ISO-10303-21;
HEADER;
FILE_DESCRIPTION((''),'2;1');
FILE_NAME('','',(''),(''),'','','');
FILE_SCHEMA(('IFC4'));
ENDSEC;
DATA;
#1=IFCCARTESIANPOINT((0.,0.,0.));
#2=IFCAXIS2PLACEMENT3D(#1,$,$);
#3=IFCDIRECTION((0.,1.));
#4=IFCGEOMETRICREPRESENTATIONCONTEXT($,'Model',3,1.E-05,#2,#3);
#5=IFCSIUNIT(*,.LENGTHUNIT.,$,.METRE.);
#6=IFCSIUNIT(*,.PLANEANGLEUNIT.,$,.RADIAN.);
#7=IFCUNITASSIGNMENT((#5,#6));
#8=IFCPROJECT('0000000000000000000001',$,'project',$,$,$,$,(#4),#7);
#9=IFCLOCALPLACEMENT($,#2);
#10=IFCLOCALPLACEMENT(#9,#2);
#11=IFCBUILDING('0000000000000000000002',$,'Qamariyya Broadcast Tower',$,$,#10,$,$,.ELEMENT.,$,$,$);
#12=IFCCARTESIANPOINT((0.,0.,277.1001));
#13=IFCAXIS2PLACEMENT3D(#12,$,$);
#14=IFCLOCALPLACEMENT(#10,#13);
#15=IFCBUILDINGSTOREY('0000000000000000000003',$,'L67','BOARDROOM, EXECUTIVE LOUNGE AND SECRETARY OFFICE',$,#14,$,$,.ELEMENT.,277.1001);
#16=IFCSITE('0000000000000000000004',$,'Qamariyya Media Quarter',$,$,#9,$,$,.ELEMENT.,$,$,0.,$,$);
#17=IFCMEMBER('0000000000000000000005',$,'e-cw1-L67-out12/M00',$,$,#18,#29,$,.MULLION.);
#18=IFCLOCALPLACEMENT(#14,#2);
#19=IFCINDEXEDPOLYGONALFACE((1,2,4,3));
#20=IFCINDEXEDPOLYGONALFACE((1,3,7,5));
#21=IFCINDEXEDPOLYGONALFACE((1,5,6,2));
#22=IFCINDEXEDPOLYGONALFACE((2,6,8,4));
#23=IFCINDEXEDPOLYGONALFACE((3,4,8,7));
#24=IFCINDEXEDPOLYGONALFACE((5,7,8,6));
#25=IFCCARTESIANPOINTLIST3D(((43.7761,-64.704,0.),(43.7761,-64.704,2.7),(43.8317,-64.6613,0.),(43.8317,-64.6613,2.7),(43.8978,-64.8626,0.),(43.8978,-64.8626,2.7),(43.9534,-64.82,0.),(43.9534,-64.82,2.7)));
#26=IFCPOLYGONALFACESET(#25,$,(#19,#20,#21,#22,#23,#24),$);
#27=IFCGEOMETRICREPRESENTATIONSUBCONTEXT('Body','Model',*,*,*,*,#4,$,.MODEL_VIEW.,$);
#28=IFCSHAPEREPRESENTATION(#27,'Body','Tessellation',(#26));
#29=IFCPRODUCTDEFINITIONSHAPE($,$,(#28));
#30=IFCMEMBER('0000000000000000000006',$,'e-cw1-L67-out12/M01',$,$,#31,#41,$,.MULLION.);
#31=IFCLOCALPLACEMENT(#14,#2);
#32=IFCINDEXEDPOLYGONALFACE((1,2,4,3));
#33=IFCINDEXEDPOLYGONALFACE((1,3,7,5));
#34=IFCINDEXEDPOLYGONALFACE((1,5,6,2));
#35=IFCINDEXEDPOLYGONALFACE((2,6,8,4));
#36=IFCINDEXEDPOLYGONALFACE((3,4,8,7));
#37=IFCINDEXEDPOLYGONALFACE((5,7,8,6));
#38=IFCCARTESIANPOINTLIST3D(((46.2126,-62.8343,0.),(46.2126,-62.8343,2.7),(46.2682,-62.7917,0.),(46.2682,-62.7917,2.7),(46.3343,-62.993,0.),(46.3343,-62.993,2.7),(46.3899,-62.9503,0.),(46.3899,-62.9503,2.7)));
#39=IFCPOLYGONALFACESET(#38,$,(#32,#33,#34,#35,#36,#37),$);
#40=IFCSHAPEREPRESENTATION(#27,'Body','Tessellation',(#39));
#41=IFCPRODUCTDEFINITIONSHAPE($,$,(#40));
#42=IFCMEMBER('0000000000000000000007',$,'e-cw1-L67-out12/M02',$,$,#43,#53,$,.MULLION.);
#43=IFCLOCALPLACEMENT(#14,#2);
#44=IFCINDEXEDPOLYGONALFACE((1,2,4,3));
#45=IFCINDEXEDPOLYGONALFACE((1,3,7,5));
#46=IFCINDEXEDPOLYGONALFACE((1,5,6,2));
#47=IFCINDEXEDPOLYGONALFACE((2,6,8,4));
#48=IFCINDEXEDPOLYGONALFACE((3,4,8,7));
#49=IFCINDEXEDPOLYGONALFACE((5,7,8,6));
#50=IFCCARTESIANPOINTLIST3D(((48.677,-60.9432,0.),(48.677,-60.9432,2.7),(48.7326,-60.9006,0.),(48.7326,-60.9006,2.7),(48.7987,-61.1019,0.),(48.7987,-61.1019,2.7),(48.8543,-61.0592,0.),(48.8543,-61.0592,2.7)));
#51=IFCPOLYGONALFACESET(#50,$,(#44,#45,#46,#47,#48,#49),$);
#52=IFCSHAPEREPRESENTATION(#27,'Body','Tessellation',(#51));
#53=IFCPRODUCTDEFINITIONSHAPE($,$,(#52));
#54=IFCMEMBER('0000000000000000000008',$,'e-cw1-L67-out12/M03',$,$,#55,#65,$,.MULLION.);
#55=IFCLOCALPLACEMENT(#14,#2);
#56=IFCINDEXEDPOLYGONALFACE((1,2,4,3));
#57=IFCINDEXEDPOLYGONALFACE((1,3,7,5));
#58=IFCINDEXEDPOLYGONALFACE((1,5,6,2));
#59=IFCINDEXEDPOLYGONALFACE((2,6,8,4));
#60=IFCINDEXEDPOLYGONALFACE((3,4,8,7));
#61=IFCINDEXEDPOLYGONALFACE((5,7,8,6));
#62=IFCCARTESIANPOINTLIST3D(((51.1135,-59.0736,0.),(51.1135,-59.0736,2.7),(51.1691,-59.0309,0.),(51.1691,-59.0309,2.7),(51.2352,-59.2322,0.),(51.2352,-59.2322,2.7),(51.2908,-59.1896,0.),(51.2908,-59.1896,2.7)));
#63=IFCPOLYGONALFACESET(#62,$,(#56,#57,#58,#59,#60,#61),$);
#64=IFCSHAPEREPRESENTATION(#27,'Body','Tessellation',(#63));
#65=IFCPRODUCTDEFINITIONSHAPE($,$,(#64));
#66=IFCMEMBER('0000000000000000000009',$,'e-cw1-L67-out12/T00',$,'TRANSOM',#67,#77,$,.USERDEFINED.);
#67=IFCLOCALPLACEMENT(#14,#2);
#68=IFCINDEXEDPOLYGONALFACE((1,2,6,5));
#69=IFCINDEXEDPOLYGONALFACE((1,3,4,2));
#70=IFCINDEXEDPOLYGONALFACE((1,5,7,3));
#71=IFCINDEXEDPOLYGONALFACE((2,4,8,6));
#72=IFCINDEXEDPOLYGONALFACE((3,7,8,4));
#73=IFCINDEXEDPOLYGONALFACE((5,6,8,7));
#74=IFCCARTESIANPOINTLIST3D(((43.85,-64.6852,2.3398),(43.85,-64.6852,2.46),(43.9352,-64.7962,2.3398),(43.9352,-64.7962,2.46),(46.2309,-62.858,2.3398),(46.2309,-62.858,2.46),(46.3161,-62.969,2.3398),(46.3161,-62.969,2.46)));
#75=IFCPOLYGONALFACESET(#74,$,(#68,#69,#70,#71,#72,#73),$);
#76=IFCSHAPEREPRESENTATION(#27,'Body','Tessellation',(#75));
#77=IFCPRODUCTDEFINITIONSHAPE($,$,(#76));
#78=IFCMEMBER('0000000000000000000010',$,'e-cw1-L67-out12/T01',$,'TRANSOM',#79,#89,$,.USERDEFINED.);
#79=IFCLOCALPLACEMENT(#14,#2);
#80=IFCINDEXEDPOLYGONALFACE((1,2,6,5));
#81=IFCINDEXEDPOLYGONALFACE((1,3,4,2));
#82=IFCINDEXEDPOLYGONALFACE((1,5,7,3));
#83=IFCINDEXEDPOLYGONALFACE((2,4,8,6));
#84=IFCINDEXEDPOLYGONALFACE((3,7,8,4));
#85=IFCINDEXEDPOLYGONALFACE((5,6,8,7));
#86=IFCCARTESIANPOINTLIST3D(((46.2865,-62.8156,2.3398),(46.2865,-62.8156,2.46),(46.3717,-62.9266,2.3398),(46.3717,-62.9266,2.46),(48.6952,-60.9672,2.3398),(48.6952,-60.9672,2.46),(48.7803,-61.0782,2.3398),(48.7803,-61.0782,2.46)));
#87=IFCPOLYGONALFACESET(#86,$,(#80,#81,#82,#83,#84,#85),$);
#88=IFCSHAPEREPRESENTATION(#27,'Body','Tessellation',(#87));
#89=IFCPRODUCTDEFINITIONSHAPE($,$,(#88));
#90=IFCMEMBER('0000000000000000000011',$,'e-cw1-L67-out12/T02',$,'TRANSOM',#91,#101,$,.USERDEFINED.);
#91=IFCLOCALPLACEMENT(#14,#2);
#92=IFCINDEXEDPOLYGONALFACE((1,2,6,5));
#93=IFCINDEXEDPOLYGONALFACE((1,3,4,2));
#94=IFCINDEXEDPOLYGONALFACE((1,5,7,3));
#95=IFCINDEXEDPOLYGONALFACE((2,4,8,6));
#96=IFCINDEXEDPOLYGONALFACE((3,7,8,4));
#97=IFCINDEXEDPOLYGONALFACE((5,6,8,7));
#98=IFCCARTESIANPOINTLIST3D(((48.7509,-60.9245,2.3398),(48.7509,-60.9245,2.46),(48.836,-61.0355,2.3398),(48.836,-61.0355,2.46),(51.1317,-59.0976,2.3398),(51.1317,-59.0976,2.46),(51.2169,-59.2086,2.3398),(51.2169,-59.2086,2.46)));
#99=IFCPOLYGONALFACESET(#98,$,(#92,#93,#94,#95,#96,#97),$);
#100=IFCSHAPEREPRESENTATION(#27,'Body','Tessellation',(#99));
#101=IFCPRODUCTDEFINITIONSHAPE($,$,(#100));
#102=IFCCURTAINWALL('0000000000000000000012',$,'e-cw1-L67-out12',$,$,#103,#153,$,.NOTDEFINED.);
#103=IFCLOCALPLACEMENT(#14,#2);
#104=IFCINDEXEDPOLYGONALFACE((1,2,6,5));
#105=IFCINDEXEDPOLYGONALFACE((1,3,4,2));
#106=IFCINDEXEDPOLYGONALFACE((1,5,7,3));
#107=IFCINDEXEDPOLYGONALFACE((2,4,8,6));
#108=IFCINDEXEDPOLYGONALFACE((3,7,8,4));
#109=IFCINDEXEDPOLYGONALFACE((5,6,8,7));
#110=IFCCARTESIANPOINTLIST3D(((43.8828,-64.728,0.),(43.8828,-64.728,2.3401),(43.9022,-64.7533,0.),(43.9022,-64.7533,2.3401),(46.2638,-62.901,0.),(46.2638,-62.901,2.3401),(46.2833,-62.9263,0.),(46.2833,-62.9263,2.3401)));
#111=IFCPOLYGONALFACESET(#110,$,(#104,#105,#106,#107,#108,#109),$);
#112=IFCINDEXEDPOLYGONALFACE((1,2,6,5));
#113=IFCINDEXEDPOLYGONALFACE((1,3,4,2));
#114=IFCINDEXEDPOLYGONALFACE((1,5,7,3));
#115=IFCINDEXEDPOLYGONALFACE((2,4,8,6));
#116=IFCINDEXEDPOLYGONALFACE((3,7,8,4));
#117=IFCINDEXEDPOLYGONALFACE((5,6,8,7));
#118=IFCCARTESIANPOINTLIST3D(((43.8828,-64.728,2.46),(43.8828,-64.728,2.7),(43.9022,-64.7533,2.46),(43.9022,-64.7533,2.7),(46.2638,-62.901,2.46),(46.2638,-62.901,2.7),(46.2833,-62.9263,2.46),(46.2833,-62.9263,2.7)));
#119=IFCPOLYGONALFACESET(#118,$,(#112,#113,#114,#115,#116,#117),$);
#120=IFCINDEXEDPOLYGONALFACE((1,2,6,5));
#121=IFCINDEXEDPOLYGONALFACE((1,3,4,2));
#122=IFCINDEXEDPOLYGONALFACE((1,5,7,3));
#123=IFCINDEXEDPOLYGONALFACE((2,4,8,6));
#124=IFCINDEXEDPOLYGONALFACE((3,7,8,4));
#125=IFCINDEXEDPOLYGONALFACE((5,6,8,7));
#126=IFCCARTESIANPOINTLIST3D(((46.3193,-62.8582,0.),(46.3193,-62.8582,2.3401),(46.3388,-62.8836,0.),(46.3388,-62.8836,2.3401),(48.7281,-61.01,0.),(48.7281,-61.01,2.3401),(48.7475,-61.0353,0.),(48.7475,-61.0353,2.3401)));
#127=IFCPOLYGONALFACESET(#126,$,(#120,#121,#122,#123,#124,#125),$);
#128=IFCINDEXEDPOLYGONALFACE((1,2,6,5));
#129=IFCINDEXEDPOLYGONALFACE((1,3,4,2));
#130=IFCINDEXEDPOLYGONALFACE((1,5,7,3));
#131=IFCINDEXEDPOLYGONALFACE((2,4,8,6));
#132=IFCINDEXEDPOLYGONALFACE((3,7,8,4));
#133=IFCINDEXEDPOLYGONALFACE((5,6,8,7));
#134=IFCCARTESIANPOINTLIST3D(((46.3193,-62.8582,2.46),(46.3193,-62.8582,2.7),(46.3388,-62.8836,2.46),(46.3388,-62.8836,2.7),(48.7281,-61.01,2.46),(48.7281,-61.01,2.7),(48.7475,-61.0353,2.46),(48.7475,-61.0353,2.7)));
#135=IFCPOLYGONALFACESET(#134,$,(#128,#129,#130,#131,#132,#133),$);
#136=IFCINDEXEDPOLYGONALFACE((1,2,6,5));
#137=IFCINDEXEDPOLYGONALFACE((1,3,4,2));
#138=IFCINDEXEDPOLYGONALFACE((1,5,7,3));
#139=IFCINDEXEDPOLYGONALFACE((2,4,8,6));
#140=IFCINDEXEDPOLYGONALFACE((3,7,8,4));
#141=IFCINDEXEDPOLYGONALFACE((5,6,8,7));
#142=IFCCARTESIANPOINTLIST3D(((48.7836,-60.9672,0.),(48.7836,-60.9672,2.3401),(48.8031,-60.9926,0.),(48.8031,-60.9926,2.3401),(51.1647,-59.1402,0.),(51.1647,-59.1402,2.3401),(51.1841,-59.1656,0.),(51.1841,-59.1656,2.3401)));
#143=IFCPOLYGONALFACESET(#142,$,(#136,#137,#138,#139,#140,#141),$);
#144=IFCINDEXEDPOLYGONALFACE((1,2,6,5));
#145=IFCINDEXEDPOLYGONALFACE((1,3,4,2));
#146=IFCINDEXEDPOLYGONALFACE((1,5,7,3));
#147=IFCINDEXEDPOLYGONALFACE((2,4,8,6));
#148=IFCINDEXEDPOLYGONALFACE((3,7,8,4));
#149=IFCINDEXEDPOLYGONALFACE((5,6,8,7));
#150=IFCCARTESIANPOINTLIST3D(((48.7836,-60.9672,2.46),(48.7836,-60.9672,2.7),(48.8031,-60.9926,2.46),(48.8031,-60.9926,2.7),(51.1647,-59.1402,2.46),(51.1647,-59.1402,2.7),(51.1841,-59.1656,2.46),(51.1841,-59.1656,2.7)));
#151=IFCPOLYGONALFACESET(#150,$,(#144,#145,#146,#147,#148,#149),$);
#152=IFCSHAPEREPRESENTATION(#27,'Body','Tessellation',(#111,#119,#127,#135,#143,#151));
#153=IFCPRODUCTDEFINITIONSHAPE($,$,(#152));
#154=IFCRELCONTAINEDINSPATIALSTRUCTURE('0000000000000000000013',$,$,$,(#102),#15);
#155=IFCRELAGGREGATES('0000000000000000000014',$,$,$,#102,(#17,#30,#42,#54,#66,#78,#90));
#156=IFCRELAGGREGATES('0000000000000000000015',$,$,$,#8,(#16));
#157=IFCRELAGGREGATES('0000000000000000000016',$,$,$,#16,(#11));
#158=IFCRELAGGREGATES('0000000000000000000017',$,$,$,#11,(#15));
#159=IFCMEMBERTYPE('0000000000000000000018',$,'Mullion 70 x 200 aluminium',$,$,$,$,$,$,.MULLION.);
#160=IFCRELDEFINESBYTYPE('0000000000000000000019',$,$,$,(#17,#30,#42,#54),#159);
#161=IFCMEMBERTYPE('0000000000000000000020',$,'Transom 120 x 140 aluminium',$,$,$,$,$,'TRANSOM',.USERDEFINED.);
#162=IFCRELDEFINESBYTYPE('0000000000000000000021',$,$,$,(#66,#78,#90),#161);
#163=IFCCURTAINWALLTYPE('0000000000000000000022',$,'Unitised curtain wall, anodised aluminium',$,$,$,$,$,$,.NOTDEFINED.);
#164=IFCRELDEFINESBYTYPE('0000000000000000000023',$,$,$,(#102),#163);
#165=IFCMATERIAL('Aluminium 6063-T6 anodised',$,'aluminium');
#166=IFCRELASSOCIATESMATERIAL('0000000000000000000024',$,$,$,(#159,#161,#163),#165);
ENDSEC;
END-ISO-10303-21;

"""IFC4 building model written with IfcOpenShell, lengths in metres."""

from ifc_helpers import new_model, si_unit, direction, frame, origin, origin_2d, place, context, subcontext, project, spatial, rectangle, extrude, material, material_profile, profile_set, type_object, element, aggregate, save


model = new_model("IFC4")

# Units and contexts
model_context = context("Model", 3, precision=1e-05, world=origin(), true_north=direction((0.0, 1.0)))
body_context = subcontext(model_context, "Body", "Model", "MODEL_VIEW")
ifc_project = project(units=[si_unit("LENGTHUNIT", "METRE"), si_unit("PLANEANGLEUNIT", "RADIAN")], contexts=[model_context])

# Members
ifc_material = material(Name="Aluminium 6063-T6 anodised", Category="aluminium")
ifc_material_profile_1 = material_profile(ifc_material, rectangle(XDim=0.2, YDim=0.0701, at=origin_2d()))
ifc_profile_set_1 = profile_set([ifc_material_profile_1], Name="Aluminium 6063-T6 anodised")
member_type_1 = type_object("IfcMemberType", Name="Mullion 70 x 200 aluminium", PredefinedType="MULLION", material=ifc_profile_set_1)
site_placement = place(None, origin())
building_placement = place(site_placement, origin())
storey_placement = place(building_placement, frame((0.0, 0.0, 277.1001)))
member_1_placement = place(storey_placement, frame((43.8647, -64.762, 0.0), z_axis=(0.0, 0.0, 1.0), x_axis=(-0.608761, 0.793353, 0.0)))
member_1 = element("IfcMember", 1, at=member_1_placement, type_object=member_type_1, Name="e-cw1-L67-out12/M00", PredefinedType="MULLION", context=body_context, shape_type="SweptSolid", body=[
    extrude(rectangle(XDim=0.2, YDim=0.0701, at=origin_2d()), origin(), (0.0, 0.0, 1.0), 2.7),
])
member_2_placement = place(storey_placement, frame((46.3013, -62.8923, 0.0), z_axis=(0.0, 0.0, 1.0), x_axis=(-0.608761, 0.793353, 0.0)))
member_2 = element("IfcMember", 2, at=member_2_placement, type_object=member_type_1, Name="e-cw1-L67-out12/M01", PredefinedType="MULLION", context=body_context, shape_type="SweptSolid", body=[
    extrude(rectangle(XDim=0.2, YDim=0.0701, at=origin_2d()), origin(), (0.0, 0.0, 1.0), 2.7),
])
member_3_placement = place(storey_placement, frame((48.7656, -61.0012, 0.0), z_axis=(0.0, 0.0, 1.0), x_axis=(-0.608761, 0.793353, 0.0)))
member_3 = element("IfcMember", 3, at=member_3_placement, type_object=member_type_1, Name="e-cw1-L67-out12/M02", PredefinedType="MULLION", context=body_context, shape_type="SweptSolid", body=[
    extrude(rectangle(XDim=0.2, YDim=0.0701, at=origin_2d()), origin(), (0.0, 0.0, 1.0), 2.7),
])
member_4_placement = place(storey_placement, frame((51.2021, -59.1316, 0.0), z_axis=(0.0, 0.0, 1.0), x_axis=(-0.608761, 0.793353, 0.0)))
member_4 = element("IfcMember", 4, at=member_4_placement, type_object=member_type_1, Name="e-cw1-L67-out12/M03", PredefinedType="MULLION", context=body_context, shape_type="SweptSolid", body=[
    extrude(rectangle(XDim=0.2, YDim=0.0701, at=origin_2d()), origin(), (0.0, 0.0, 1.0), 2.7),
])
ifc_material_profile_2 = material_profile(ifc_material, rectangle(XDim=0.1399, YDim=0.1201, at=origin_2d()))
ifc_profile_set_2 = profile_set([ifc_material_profile_2], Name="Aluminium 6063-T6 anodised")
member_type_2 = type_object("IfcMemberType", Name="Transom 120 x 140 aluminium", ElementType="TRANSOM", PredefinedType="USERDEFINED", material=ifc_profile_set_2)
member_5_placement = place(storey_placement, frame((43.8926, -64.7407, 2.3999), z_axis=(0.793313, 0.608814, 0.0), x_axis=(-0.608814, 0.793313, 0.0)))
member_5 = element("IfcMember", 5, at=member_5_placement, type_object=member_type_2, Name="e-cw1-L67-out12/T00", ObjectType="TRANSOM", PredefinedType="USERDEFINED", context=body_context, shape_type="SweptSolid", body=[
    extrude(rectangle(XDim=0.1399, YDim=0.1201, at=origin_2d()), origin(), (0.0, 0.0, 1.0), 3.0012),
])
member_6_placement = place(storey_placement, frame((46.3291, -62.8711, 2.3999), z_axis=(0.793332, 0.608789, 0.0), x_axis=(-0.608789, 0.793332, 0.0)))
member_6 = element("IfcMember", 6, at=member_6_placement, type_object=member_type_2, Name="e-cw1-L67-out12/T01", ObjectType="TRANSOM", PredefinedType="USERDEFINED", context=body_context, shape_type="SweptSolid", body=[
    extrude(rectangle(XDim=0.1399, YDim=0.1201, at=origin_2d()), origin(), (0.0, 0.0, 1.0), 3.0361),
])
member_7_placement = place(storey_placement, frame((48.7935, -60.98, 2.3999), z_axis=(0.793352, 0.608763, 0.0), x_axis=(-0.608763, 0.793352, 0.0)))
member_7 = element("IfcMember", 7, at=member_7_placement, type_object=member_type_2, Name="e-cw1-L67-out12/T02", ObjectType="TRANSOM", PredefinedType="USERDEFINED", context=body_context, shape_type="SweptSolid", body=[
    extrude(rectangle(XDim=0.1399, YDim=0.1201, at=origin_2d()), origin(), (0.0, 0.0, 1.0), 3.001),
])

# Site, building, storey
site = spatial("IfcSite", under=ifc_project, at=site_placement, Name="Qamariyya Media Quarter", CompositionType="ELEMENT", RefElevation=0.0)
building = spatial("IfcBuilding", under=site, at=building_placement, Name="Qamariyya Broadcast Tower", CompositionType="ELEMENT")
storey = spatial("IfcBuildingStorey", under=building, at=storey_placement, Name="L67", Description="BOARDROOM, EXECUTIVE LOUNGE AND SECRETARY OFFICE", CompositionType="ELEMENT", Elevation=277.1001)

# Curtain wall
curtain_wall_type = type_object("IfcCurtainWallType", Name="Unitised curtain wall, anodised aluminium", PredefinedType="NOTDEFINED", material=ifc_material)
curtain_wall_1_placement = place(storey_placement, origin())
curtain_wall_1 = element("IfcCurtainWall", 8, at=curtain_wall_1_placement, inside=storey, type_object=curtain_wall_type, Name="e-cw1-L67-out12", PredefinedType="NOTDEFINED", context=body_context, shape_type="SweptSolid", body=[
    extrude(rectangle(XDim=3.0012, YDim=0.032, at=origin_2d()), frame((45.083, -63.8271, 0.0), x_axis=(0.793356, 0.608758, 0.0)), (0.0, 0.0, 1.0), 2.3401),
    extrude(rectangle(XDim=3.0012, YDim=0.032, at=origin_2d()), frame((45.083, -63.8271, 2.46), x_axis=(0.793356, 0.608758, 0.0)), (0.0, 0.0, 1.0), 0.24),
    extrude(rectangle(XDim=3.0361, YDim=0.032, at=origin_2d()), frame((47.5334, -61.9468, 0.0), x_axis=(0.793356, 0.608758, 0.0)), (0.0, 0.0, 1.0), 2.3401),
    extrude(rectangle(XDim=3.0361, YDim=0.032, at=origin_2d()), frame((47.5334, -61.9468, 2.46), x_axis=(0.793356, 0.608758, 0.0)), (0.0, 0.0, 1.0), 0.24),
    extrude(rectangle(XDim=3.0012, YDim=0.032, at=origin_2d()), frame((49.9839, -60.0664, 0.0), x_axis=(0.793356, 0.608758, 0.0)), (0.0, 0.0, 1.0), 2.3401),
    extrude(rectangle(XDim=3.0012, YDim=0.032, at=origin_2d()), frame((49.9839, -60.0664, 2.46), x_axis=(0.793356, 0.608758, 0.0)), (0.0, 0.0, 1.0), 0.24),
])
aggregate(curtain_wall_1, [member_1, member_2, member_3, member_4, member_5, member_6, member_7])

save(model, "model.ifc")
